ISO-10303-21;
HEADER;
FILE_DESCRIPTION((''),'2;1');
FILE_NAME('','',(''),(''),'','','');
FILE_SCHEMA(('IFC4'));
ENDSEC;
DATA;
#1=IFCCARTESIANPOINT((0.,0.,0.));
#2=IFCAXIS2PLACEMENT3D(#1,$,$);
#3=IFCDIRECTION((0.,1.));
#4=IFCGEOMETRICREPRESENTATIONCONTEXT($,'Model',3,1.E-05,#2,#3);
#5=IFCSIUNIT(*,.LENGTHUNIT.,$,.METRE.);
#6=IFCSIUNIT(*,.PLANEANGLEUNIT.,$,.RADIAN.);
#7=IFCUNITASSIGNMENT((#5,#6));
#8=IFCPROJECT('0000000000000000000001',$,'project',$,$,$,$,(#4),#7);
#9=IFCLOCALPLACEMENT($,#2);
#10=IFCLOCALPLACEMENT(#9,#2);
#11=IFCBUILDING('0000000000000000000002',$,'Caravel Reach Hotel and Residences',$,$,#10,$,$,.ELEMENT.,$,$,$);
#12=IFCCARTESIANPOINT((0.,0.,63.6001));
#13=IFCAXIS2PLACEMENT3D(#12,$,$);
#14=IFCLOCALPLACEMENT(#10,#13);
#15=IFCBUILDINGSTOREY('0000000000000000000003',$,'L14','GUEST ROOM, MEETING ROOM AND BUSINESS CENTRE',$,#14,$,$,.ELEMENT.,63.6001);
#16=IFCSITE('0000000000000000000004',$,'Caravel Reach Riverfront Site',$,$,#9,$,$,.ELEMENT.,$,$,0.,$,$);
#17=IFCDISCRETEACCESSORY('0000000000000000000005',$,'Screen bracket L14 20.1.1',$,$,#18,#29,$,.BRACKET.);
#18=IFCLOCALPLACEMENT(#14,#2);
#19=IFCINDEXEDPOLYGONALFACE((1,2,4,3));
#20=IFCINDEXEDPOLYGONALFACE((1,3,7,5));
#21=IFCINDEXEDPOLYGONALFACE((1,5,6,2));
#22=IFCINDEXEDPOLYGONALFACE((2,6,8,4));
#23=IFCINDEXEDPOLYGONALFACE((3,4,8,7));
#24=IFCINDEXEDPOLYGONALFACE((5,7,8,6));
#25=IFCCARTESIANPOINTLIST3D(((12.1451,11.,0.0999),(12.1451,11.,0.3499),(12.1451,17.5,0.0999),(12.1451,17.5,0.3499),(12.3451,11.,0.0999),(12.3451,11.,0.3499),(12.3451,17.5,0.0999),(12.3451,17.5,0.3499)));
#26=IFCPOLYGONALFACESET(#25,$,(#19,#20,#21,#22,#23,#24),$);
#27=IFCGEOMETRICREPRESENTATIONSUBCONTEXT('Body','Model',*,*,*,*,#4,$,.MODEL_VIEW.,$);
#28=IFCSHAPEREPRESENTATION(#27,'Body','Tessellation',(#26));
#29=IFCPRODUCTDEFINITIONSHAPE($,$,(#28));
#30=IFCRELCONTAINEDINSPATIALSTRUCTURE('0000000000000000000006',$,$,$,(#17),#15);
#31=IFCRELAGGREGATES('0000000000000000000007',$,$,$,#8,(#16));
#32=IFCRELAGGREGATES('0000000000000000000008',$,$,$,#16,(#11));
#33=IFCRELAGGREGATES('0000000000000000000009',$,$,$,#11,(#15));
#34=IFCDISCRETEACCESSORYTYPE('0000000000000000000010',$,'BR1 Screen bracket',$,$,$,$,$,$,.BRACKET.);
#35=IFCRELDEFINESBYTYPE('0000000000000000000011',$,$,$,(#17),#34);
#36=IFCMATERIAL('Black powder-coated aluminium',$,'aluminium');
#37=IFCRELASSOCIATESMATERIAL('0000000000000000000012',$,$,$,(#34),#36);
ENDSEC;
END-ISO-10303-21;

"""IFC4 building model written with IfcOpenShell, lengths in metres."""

from ifc_helpers import new_model, si_unit, direction, frame, origin, origin_2d, place, context, subcontext, project, spatial, rectangle, extrude, material, type_object, element, save


model = new_model("IFC4")

# Units and contexts
model_context = context("Model", 3, precision=1e-05, world=origin(), true_north=direction((0.0, 1.0)))
body_context = subcontext(model_context, "Body", "Model", "MODEL_VIEW")
ifc_project = project(units=[si_unit("LENGTHUNIT", "METRE"), si_unit("PLANEANGLEUNIT", "RADIAN")], contexts=[model_context])

# Site, building, storey
site_placement = place(None, origin())
site = spatial("IfcSite", under=ifc_project, at=site_placement, Name="Caravel Reach Riverfront Site", CompositionType="ELEMENT", RefElevation=0.0)
building_placement = place(site_placement, origin())
building = spatial("IfcBuilding", under=site, at=building_placement, Name="Caravel Reach Hotel and Residences", CompositionType="ELEMENT")
storey_placement = place(building_placement, frame((0.0, 0.0, 63.6001)))
storey = spatial("IfcBuildingStorey", under=building, at=storey_placement, Name="L14", Description="GUEST ROOM, MEETING ROOM AND BUSINESS CENTRE", CompositionType="ELEMENT", Elevation=63.6001)

# Discrete accessory
ifc_material_1 = material(Name="Black powder-coated aluminium", Category="aluminium")
discrete_accessory_type = type_object("IfcDiscreteAccessoryType", Name="BR1 Screen bracket", PredefinedType="BRACKET", material=ifc_material_1)
for number, where, z_axis, x_axis, name in (
    (1, (12.2451, 14.25, 0.0999), (0.0, 0.0, 1.0), (0.0, -1.0, 0.0), "Screen bracket L14 20.1.1"),
):
    element("IfcDiscreteAccessory", number, at=place(storey_placement, frame(where, z_axis=z_axis, x_axis=x_axis)), inside=storey, type_object=discrete_accessory_type, Name=name, PredefinedType="BRACKET", context=body_context, shape_type="SweptSolid", body=[
        extrude(rectangle(XDim=6.5, YDim=0.2, at=origin_2d()), origin(), (0.0, 0.0, 1.0), 0.25),
    ])

save(model, "model.ifc")
